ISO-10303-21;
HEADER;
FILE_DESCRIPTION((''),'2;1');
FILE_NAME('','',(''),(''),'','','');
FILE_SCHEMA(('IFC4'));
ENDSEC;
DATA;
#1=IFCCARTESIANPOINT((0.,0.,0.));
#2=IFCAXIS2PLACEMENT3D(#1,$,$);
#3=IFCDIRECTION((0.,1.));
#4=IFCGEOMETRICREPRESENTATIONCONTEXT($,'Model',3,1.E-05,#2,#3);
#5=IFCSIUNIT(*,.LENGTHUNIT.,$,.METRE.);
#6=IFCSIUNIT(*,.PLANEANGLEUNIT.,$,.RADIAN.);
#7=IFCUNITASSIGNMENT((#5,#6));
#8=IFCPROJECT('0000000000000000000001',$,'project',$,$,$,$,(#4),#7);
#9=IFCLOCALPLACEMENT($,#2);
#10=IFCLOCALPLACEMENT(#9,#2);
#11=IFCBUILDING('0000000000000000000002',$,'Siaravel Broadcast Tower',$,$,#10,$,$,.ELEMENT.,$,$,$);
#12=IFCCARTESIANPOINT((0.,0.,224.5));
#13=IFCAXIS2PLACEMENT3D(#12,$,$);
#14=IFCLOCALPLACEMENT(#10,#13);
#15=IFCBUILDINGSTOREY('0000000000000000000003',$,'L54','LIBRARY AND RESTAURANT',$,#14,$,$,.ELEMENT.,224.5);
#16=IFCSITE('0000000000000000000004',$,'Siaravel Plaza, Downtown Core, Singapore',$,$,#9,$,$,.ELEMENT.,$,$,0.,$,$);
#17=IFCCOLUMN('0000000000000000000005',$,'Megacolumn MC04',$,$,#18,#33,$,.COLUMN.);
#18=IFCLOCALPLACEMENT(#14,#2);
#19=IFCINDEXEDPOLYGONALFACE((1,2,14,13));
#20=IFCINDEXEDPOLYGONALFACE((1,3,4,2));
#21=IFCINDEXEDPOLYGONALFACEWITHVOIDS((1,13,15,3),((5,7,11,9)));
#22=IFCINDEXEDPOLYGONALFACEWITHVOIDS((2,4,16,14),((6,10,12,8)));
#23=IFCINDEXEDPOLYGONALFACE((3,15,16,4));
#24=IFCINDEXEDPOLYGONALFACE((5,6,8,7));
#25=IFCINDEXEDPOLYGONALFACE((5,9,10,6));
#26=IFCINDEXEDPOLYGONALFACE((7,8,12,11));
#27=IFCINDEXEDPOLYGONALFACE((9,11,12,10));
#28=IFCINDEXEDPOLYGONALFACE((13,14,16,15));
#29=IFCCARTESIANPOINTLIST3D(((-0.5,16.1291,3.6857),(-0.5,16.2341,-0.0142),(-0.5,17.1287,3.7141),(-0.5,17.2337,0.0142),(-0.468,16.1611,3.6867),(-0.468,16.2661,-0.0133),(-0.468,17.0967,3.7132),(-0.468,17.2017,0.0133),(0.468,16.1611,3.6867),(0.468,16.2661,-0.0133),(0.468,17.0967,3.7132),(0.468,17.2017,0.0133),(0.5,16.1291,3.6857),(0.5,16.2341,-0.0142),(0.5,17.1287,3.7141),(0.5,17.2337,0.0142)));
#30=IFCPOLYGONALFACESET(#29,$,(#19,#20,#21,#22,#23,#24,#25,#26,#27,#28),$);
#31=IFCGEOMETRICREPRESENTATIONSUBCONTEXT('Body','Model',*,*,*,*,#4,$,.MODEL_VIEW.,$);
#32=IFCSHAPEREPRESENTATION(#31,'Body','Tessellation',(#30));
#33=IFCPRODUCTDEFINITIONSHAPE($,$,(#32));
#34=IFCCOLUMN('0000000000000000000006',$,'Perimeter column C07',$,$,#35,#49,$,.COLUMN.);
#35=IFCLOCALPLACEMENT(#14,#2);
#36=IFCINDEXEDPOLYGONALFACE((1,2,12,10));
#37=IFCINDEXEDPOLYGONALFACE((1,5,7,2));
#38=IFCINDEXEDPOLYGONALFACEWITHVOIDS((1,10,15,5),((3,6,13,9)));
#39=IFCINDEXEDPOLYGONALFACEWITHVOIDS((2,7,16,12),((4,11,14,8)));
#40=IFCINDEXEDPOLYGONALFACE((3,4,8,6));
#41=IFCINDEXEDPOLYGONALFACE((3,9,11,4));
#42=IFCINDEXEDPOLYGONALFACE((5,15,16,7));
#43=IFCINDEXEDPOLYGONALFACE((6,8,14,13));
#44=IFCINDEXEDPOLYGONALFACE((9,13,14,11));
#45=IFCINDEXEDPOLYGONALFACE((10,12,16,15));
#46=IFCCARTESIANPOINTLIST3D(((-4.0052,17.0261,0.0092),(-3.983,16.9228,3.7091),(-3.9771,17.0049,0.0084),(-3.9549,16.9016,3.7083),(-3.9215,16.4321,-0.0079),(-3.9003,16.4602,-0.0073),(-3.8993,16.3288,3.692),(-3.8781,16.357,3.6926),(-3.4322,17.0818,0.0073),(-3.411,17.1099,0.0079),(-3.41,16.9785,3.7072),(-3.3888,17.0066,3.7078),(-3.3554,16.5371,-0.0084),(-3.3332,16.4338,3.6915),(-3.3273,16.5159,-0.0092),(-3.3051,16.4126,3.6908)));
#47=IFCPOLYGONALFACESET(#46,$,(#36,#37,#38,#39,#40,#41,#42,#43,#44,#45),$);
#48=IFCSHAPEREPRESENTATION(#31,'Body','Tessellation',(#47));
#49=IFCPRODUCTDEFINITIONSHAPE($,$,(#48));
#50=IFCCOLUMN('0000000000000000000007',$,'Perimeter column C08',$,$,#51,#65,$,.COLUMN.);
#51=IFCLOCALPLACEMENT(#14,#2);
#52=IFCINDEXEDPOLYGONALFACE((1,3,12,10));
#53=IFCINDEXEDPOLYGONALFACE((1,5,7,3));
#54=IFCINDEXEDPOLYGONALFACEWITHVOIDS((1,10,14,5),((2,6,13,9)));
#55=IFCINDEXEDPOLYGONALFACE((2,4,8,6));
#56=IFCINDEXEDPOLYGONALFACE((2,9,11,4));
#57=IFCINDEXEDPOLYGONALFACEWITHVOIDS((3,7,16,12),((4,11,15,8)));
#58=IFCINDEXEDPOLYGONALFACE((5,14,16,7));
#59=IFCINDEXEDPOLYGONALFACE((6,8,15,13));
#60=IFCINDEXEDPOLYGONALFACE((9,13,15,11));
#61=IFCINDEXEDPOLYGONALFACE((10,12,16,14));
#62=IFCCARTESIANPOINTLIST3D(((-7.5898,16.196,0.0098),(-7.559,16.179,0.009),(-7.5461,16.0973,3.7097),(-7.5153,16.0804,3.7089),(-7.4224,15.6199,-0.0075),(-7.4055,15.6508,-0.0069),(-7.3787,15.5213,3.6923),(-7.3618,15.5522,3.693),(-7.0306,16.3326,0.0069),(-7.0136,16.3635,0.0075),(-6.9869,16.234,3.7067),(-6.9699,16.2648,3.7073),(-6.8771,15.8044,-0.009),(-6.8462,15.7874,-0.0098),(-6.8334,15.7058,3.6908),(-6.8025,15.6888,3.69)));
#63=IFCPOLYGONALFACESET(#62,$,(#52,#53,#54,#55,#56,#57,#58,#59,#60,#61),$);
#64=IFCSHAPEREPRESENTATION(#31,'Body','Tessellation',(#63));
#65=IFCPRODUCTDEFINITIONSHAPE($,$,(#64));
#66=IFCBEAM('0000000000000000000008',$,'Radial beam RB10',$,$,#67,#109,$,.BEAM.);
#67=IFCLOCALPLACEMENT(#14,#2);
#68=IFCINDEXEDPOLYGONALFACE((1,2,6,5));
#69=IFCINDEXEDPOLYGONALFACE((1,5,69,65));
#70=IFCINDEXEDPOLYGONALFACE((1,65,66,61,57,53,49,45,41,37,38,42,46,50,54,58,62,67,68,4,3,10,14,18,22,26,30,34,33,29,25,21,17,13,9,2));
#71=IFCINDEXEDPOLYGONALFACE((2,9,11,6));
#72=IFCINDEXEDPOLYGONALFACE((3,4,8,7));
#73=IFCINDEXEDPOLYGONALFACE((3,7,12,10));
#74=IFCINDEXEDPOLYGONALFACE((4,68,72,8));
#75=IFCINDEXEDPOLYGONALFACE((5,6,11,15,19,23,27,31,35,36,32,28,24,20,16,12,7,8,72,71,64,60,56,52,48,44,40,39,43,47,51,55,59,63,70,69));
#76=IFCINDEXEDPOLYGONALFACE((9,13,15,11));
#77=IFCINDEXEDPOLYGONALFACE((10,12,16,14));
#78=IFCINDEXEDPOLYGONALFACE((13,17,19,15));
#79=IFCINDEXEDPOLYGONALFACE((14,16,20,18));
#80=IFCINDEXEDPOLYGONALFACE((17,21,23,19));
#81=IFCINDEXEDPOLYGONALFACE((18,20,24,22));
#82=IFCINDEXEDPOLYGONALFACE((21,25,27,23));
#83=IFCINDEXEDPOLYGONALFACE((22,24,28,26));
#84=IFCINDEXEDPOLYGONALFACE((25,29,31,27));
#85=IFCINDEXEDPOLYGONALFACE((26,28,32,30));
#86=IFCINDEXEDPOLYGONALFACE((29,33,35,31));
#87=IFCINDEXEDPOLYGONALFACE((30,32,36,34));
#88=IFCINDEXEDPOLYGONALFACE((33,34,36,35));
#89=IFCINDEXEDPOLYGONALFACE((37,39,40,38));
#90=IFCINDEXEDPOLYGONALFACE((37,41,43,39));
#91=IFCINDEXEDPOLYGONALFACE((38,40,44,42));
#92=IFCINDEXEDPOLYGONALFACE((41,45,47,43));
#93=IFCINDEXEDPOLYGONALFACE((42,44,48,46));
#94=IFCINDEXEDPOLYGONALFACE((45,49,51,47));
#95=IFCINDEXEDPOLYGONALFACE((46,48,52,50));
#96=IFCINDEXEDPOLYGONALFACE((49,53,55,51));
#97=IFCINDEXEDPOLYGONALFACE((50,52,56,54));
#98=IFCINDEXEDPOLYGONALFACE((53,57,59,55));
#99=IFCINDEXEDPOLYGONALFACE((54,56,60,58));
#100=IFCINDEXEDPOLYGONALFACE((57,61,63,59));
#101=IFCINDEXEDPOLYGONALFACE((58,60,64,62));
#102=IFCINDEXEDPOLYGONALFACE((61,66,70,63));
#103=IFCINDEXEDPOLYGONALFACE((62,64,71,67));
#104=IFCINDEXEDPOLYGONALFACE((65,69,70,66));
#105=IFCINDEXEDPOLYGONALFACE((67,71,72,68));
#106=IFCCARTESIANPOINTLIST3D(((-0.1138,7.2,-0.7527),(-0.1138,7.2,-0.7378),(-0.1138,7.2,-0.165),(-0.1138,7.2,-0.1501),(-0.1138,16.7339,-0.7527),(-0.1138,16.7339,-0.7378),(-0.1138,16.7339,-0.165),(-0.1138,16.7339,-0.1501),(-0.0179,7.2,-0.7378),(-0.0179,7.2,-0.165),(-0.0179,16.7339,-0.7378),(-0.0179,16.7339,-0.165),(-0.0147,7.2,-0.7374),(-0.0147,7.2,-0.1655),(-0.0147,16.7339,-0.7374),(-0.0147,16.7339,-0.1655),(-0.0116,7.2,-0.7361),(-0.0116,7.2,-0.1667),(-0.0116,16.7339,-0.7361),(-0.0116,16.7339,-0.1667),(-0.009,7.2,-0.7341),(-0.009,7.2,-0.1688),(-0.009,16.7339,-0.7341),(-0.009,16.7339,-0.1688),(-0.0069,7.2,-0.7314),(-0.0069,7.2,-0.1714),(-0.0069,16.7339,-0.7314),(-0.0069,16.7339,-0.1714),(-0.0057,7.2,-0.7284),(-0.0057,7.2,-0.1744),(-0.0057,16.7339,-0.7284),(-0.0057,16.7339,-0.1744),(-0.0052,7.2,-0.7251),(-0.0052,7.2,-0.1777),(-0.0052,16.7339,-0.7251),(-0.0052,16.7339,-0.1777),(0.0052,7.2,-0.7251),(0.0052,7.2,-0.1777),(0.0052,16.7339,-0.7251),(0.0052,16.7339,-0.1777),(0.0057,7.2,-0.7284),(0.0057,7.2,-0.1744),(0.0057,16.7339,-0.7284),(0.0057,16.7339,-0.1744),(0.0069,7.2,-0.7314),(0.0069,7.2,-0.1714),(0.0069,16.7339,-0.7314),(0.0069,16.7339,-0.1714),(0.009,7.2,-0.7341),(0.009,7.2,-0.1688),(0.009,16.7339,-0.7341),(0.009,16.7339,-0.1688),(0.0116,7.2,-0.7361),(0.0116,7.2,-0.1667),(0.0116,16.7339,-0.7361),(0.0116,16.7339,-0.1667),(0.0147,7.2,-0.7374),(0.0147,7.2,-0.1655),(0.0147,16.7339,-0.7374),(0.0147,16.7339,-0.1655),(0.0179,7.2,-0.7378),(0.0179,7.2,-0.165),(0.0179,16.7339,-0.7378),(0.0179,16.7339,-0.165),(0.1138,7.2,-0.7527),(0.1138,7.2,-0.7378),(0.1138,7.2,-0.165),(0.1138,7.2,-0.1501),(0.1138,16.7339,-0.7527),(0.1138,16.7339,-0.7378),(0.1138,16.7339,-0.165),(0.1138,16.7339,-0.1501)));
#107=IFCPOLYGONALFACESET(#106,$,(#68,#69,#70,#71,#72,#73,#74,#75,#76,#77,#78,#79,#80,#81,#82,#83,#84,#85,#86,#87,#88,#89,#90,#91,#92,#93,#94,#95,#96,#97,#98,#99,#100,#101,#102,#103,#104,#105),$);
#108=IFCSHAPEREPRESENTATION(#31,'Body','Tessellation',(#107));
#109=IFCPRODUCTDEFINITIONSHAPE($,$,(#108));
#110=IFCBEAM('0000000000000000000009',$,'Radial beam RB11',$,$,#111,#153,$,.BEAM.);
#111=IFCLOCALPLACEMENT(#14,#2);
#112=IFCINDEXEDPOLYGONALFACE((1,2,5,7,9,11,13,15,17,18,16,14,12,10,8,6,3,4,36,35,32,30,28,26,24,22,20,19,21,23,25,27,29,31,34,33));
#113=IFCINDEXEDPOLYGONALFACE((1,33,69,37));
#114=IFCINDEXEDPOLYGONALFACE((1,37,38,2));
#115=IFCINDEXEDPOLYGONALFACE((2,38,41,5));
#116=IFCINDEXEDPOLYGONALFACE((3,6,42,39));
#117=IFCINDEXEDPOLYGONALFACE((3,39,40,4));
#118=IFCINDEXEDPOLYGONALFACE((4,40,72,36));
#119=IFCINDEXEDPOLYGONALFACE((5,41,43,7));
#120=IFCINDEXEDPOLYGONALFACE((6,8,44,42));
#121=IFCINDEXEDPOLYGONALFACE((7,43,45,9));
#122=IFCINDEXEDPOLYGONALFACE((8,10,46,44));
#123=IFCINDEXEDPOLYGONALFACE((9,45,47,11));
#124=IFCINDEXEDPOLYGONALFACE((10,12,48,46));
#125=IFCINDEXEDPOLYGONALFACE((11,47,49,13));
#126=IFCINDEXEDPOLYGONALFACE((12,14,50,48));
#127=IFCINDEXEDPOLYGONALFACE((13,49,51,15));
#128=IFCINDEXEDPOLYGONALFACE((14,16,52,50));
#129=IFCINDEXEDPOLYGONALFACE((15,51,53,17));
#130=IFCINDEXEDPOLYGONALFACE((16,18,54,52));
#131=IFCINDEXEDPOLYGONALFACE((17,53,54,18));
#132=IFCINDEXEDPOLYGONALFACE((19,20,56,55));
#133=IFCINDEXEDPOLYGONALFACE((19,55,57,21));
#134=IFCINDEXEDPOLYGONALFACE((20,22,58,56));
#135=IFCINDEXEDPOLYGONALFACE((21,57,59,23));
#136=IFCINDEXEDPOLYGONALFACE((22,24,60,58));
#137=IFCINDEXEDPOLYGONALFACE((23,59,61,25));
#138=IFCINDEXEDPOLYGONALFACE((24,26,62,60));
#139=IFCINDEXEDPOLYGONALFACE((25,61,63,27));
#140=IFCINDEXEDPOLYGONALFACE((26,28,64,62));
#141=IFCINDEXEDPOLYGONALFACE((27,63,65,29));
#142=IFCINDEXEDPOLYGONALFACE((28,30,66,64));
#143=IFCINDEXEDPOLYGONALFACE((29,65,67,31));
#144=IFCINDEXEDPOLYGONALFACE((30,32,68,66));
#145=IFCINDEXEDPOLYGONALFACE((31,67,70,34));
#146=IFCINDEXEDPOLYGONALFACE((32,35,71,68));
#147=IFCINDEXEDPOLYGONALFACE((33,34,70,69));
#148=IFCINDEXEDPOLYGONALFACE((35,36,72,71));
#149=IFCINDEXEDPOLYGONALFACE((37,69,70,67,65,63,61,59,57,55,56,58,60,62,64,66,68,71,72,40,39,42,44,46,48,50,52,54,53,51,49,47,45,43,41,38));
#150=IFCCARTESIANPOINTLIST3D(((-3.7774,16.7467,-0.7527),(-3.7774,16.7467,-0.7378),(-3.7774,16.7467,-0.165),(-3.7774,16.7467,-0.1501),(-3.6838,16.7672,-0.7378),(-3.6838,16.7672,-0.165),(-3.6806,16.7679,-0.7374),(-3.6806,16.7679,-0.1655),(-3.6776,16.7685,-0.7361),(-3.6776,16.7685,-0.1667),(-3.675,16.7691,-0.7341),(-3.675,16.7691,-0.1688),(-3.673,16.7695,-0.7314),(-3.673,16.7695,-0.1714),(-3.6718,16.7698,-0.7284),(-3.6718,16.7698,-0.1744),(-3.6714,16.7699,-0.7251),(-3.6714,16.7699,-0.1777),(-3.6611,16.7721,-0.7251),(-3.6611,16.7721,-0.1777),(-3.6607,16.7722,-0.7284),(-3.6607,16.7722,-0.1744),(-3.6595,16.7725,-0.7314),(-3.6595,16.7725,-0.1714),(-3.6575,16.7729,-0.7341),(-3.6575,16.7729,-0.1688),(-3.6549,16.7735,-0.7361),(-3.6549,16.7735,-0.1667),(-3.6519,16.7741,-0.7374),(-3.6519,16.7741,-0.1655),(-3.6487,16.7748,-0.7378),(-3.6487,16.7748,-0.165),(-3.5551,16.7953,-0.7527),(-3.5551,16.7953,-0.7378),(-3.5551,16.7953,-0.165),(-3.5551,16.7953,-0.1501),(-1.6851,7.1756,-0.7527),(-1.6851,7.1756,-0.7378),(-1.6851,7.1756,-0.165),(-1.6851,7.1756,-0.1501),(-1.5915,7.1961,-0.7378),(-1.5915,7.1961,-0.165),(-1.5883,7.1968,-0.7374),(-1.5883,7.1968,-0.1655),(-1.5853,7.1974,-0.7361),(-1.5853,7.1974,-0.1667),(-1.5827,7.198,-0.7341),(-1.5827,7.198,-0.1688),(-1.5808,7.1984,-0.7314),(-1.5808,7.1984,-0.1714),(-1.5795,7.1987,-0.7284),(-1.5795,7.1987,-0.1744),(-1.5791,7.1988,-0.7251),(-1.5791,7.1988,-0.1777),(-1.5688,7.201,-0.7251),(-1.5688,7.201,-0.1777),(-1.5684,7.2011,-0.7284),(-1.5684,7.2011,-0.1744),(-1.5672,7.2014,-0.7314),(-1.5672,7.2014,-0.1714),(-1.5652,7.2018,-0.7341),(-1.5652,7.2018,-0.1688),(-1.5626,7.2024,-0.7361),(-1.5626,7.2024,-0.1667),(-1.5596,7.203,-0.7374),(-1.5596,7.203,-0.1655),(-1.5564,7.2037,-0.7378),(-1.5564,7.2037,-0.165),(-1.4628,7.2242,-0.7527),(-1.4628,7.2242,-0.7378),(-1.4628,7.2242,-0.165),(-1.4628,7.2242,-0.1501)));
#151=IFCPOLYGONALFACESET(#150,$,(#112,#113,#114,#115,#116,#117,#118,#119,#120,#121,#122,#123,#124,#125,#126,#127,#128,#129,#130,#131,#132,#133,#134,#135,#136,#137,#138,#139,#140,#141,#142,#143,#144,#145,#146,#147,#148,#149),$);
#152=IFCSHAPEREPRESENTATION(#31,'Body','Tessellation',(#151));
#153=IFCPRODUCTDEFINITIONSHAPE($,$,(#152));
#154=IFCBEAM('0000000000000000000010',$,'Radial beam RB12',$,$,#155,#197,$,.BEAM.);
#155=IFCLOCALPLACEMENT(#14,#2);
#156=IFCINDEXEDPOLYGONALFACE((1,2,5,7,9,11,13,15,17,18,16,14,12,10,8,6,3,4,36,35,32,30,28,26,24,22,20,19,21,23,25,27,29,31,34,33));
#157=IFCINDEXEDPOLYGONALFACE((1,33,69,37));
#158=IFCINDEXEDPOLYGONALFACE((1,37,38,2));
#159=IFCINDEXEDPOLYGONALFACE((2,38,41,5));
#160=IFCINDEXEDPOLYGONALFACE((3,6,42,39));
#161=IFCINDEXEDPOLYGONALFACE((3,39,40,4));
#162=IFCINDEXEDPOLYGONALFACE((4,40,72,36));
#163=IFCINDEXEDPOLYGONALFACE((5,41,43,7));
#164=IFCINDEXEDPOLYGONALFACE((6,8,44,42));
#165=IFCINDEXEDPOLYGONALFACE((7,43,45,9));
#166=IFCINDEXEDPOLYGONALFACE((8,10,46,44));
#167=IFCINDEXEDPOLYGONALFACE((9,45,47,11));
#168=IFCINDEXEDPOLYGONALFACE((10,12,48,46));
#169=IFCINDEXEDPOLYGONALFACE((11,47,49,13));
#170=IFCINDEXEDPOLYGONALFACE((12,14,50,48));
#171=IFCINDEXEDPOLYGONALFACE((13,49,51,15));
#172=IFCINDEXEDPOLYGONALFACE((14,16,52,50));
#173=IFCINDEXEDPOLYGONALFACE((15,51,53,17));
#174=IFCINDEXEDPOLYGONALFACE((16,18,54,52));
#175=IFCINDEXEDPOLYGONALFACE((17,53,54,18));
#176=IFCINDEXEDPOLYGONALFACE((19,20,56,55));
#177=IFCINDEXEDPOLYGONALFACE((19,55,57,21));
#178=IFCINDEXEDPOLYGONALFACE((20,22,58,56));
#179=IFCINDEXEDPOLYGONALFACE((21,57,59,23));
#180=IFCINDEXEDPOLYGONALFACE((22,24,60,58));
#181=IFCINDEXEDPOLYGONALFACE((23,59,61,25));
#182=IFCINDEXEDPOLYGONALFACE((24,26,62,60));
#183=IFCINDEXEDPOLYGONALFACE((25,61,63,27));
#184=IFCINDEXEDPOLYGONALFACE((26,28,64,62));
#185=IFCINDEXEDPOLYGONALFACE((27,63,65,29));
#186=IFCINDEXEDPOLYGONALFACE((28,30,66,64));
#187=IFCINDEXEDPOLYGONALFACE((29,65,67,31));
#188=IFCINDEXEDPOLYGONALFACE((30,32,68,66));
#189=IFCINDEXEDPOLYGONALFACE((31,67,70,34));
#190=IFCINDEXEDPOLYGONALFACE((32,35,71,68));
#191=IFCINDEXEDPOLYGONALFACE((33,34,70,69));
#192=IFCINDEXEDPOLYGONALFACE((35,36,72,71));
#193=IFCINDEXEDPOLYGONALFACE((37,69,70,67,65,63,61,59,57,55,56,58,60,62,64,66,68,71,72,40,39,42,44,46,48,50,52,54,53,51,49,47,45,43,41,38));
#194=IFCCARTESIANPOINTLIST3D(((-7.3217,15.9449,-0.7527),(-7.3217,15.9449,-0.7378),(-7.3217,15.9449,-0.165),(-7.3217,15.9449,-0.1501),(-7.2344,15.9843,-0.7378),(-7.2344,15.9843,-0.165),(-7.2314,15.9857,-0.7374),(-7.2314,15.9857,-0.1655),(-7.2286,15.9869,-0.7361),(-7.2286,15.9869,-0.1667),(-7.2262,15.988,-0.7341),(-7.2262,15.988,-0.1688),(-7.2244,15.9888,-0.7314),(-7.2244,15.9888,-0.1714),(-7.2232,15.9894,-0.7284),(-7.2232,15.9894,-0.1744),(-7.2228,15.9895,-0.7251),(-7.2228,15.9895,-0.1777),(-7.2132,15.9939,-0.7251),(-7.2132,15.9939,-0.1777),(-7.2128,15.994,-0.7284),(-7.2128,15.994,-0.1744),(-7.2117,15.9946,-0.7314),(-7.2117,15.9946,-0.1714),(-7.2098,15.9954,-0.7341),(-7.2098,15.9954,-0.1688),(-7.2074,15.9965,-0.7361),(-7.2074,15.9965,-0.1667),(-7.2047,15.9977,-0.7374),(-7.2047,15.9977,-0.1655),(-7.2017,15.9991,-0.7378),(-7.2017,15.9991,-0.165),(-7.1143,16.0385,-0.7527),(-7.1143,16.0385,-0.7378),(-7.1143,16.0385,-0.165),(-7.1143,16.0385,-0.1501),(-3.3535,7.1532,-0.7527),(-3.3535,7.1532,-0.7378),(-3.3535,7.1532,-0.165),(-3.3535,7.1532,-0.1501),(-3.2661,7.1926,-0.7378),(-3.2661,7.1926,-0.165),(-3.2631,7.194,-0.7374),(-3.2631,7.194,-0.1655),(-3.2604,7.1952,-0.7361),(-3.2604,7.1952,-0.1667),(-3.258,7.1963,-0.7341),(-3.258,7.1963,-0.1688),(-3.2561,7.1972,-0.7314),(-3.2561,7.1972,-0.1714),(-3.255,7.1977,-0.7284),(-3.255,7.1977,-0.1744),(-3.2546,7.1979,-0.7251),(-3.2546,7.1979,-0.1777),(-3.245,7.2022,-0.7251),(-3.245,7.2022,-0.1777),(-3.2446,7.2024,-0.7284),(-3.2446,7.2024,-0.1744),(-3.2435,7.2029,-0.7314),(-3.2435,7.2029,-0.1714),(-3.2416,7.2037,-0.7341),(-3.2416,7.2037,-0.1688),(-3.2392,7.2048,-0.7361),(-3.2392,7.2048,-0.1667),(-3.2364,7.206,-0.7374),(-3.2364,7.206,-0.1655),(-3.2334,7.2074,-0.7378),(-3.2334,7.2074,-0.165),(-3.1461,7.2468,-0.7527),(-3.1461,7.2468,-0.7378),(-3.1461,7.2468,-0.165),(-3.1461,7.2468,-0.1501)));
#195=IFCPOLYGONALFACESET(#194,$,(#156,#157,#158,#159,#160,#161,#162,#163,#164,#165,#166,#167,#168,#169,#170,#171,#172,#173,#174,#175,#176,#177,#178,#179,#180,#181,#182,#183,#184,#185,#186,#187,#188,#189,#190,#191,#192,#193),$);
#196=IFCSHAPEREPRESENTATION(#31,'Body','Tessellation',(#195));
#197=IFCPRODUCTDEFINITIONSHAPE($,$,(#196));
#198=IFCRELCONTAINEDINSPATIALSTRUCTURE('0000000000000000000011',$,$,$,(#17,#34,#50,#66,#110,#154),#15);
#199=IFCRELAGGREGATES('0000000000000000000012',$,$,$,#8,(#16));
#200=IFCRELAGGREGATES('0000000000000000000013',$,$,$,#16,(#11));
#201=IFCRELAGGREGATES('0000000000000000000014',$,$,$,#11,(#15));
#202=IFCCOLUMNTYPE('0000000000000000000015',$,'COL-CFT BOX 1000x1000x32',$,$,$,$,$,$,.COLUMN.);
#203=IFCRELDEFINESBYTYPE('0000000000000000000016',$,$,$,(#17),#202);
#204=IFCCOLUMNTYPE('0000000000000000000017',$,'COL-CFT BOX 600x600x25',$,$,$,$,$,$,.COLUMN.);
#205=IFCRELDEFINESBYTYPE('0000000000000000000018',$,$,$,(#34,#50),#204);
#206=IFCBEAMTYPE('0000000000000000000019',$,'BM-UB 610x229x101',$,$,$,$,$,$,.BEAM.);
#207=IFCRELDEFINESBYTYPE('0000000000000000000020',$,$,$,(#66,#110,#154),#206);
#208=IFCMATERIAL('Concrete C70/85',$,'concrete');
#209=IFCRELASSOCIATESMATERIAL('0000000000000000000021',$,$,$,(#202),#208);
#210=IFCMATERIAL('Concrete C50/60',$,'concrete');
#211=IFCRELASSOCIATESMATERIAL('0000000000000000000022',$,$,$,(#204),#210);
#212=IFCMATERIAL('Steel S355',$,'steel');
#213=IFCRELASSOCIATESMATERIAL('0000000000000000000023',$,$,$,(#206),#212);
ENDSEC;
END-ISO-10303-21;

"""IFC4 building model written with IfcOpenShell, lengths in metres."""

from ifc_helpers import new_model, si_unit, direction, frame, origin, origin_2d, place, context, subcontext, project, spatial, hollow_rectangle, i_section, extrude, material, material_profile, profile_set, type_object, element, save


model = new_model("IFC4")

# Units and contexts
model_context = context("Model", 3, precision=1e-05, world=origin(), true_north=direction((0.0, 1.0)))
body_context = subcontext(model_context, "Body", "Model", "MODEL_VIEW")
ifc_project = project(units=[si_unit("LENGTHUNIT", "METRE"), si_unit("PLANEANGLEUNIT", "RADIAN")], contexts=[model_context])

# Site, building, storey
site_placement = place(None, origin())
site = spatial("IfcSite", under=ifc_project, at=site_placement, Name="Siaravel Plaza, Downtown Core, Singapore", CompositionType="ELEMENT", RefElevation=0.0)
building_placement = place(site_placement, origin())
building = spatial("IfcBuilding", under=site, at=building_placement, Name="Siaravel Broadcast Tower", CompositionType="ELEMENT")
storey_placement = place(building_placement, frame((0.0, 0.0, 224.5)))
storey = spatial("IfcBuildingStorey", under=building, at=storey_placement, Name="L54", Description="LIBRARY AND RESTAURANT", CompositionType="ELEMENT", Elevation=224.5)

# Columns
ifc_material_1 = material(Name="Concrete C70/85", Category="concrete")
ifc_material_profile_1 = material_profile(ifc_material_1, hollow_rectangle(XDim=1.0, YDim=1.0, WallThickness=0.032, at=origin_2d()))
ifc_profile_set_1 = profile_set([ifc_material_profile_1], Name="Concrete C70/85")
column_type_1 = type_object("IfcColumnType", Name="COL-CFT BOX 1000x1000x32", PredefinedType="COLUMN", material=ifc_profile_set_1)
column_placement = place(storey_placement, frame((0.0, 16.7339, 0.0), z_axis=(0.0, -0.028362, 0.999598), x_axis=(1.0, 0.0, 0.0)))
element("IfcColumn", 1, at=column_placement, inside=storey, type_object=column_type_1, Name="Megacolumn MC04", PredefinedType="COLUMN", context=body_context, shape_type="SweptSolid", body=[
    extrude(hollow_rectangle(XDim=1.0, YDim=1.0, WallThickness=0.032, at=origin_2d()), origin(), (0.0, 0.0, 1.0), 3.7014),
])
ifc_material_2 = material(Name="Concrete C50/60", Category="concrete")
ifc_material_profile_2 = material_profile(ifc_material_2, hollow_rectangle(XDim=0.6001, YDim=0.6001, WallThickness=0.0249, at=origin_2d()))
ifc_profile_set_2 = profile_set([ifc_material_profile_2], Name="Concrete C50/60")
column_type_2 = type_object("IfcColumnType", Name="COL-CFT BOX 600x600x25", PredefinedType="COLUMN", material=ifc_profile_set_2)
for number, where, z_axis, x_axis, name in (
    (2, (-3.6663, 16.771, 0.0), (0.006002, -0.0279, 0.999593), (0.990194, 0.139686, -0.002047), "Perimeter column C07"),
    (3, (-7.218, 15.9917, 0.0), (0.011806, -0.026647, 0.999575), (0.960243, 0.279138, -0.0039), "Perimeter column C08"),
):
    element("IfcColumn", number, at=place(storey_placement, frame(where, z_axis=z_axis, x_axis=x_axis)), inside=storey, type_object=column_type_2, Name=name, PredefinedType="COLUMN", context=body_context, shape_type="SweptSolid", body=[
        extrude(hollow_rectangle(XDim=0.6001, YDim=0.6001, WallThickness=0.0249, at=origin_2d()), origin(), (0.0, 0.0, 1.0), 3.7014),
    ])

# Beams
ifc_material_3 = material(Name="Steel S355", Category="steel")
ifc_material_profile_3 = material_profile(ifc_material_3, i_section(OverallWidth=0.2275, OverallDepth=0.6025, WebThickness=0.0105, FlangeThickness=0.0149, FilletRadius=0.0127, at=origin_2d()))
ifc_profile_set_3 = profile_set([ifc_material_profile_3], Name="Steel S355")
beam_type = type_object("IfcBeamType", Name="BM-UB 610x229x101", PredefinedType="BEAM", material=ifc_profile_set_3)
beam_1_placement = place(storey_placement, frame((0.0, 16.7339, -0.4514), z_axis=(0.0, -1.0, 0.0), x_axis=(1.0, 0.0, 0.0)))
element("IfcBeam", 4, at=beam_1_placement, inside=storey, type_object=beam_type, Name="Radial beam RB10", PredefinedType="BEAM", context=body_context, shape_type="SweptSolid", body=[
    extrude(i_section(OverallWidth=0.2275, OverallDepth=0.6025, WebThickness=0.0105, FlangeThickness=0.0149, FilletRadius=0.0127, at=origin_2d()), origin(), (0.0, 0.0, 1.0), 9.5339),
])
beam_2_placement = place(storey_placement, frame((-3.6663, 16.771, -0.4514), z_axis=(0.213562, -0.976929, 0.0), x_axis=(0.976929, 0.213562, 0.0)))
element("IfcBeam", 5, at=beam_2_placement, inside=storey, type_object=beam_type, Name="Radial beam RB11", PredefinedType="BEAM", context=body_context, shape_type="SweptSolid", body=[
    extrude(i_section(OverallWidth=0.2275, OverallDepth=0.6025, WebThickness=0.0105, FlangeThickness=0.0149, FilletRadius=0.0127, at=origin_2d()), origin(), (0.0, 0.0, 1.0), 9.7971),
])
beam_3_placement = place(storey_placement, frame((-7.218, 15.9917, -0.4514), z_axis=(0.411397, -0.911456, 0.0), x_axis=(0.911456, 0.411397, 0.0)))
element("IfcBeam", 6, at=beam_3_placement, inside=storey, type_object=beam_type, Name="Radial beam RB12", PredefinedType="BEAM", context=body_context, shape_type="SweptSolid", body=[
    extrude(i_section(OverallWidth=0.2275, OverallDepth=0.6025, WebThickness=0.0105, FlangeThickness=0.0149, FilletRadius=0.0127, at=origin_2d()), origin(), (0.0, 0.0, 1.0), 9.6458),
])

save(model, "model.ifc")
